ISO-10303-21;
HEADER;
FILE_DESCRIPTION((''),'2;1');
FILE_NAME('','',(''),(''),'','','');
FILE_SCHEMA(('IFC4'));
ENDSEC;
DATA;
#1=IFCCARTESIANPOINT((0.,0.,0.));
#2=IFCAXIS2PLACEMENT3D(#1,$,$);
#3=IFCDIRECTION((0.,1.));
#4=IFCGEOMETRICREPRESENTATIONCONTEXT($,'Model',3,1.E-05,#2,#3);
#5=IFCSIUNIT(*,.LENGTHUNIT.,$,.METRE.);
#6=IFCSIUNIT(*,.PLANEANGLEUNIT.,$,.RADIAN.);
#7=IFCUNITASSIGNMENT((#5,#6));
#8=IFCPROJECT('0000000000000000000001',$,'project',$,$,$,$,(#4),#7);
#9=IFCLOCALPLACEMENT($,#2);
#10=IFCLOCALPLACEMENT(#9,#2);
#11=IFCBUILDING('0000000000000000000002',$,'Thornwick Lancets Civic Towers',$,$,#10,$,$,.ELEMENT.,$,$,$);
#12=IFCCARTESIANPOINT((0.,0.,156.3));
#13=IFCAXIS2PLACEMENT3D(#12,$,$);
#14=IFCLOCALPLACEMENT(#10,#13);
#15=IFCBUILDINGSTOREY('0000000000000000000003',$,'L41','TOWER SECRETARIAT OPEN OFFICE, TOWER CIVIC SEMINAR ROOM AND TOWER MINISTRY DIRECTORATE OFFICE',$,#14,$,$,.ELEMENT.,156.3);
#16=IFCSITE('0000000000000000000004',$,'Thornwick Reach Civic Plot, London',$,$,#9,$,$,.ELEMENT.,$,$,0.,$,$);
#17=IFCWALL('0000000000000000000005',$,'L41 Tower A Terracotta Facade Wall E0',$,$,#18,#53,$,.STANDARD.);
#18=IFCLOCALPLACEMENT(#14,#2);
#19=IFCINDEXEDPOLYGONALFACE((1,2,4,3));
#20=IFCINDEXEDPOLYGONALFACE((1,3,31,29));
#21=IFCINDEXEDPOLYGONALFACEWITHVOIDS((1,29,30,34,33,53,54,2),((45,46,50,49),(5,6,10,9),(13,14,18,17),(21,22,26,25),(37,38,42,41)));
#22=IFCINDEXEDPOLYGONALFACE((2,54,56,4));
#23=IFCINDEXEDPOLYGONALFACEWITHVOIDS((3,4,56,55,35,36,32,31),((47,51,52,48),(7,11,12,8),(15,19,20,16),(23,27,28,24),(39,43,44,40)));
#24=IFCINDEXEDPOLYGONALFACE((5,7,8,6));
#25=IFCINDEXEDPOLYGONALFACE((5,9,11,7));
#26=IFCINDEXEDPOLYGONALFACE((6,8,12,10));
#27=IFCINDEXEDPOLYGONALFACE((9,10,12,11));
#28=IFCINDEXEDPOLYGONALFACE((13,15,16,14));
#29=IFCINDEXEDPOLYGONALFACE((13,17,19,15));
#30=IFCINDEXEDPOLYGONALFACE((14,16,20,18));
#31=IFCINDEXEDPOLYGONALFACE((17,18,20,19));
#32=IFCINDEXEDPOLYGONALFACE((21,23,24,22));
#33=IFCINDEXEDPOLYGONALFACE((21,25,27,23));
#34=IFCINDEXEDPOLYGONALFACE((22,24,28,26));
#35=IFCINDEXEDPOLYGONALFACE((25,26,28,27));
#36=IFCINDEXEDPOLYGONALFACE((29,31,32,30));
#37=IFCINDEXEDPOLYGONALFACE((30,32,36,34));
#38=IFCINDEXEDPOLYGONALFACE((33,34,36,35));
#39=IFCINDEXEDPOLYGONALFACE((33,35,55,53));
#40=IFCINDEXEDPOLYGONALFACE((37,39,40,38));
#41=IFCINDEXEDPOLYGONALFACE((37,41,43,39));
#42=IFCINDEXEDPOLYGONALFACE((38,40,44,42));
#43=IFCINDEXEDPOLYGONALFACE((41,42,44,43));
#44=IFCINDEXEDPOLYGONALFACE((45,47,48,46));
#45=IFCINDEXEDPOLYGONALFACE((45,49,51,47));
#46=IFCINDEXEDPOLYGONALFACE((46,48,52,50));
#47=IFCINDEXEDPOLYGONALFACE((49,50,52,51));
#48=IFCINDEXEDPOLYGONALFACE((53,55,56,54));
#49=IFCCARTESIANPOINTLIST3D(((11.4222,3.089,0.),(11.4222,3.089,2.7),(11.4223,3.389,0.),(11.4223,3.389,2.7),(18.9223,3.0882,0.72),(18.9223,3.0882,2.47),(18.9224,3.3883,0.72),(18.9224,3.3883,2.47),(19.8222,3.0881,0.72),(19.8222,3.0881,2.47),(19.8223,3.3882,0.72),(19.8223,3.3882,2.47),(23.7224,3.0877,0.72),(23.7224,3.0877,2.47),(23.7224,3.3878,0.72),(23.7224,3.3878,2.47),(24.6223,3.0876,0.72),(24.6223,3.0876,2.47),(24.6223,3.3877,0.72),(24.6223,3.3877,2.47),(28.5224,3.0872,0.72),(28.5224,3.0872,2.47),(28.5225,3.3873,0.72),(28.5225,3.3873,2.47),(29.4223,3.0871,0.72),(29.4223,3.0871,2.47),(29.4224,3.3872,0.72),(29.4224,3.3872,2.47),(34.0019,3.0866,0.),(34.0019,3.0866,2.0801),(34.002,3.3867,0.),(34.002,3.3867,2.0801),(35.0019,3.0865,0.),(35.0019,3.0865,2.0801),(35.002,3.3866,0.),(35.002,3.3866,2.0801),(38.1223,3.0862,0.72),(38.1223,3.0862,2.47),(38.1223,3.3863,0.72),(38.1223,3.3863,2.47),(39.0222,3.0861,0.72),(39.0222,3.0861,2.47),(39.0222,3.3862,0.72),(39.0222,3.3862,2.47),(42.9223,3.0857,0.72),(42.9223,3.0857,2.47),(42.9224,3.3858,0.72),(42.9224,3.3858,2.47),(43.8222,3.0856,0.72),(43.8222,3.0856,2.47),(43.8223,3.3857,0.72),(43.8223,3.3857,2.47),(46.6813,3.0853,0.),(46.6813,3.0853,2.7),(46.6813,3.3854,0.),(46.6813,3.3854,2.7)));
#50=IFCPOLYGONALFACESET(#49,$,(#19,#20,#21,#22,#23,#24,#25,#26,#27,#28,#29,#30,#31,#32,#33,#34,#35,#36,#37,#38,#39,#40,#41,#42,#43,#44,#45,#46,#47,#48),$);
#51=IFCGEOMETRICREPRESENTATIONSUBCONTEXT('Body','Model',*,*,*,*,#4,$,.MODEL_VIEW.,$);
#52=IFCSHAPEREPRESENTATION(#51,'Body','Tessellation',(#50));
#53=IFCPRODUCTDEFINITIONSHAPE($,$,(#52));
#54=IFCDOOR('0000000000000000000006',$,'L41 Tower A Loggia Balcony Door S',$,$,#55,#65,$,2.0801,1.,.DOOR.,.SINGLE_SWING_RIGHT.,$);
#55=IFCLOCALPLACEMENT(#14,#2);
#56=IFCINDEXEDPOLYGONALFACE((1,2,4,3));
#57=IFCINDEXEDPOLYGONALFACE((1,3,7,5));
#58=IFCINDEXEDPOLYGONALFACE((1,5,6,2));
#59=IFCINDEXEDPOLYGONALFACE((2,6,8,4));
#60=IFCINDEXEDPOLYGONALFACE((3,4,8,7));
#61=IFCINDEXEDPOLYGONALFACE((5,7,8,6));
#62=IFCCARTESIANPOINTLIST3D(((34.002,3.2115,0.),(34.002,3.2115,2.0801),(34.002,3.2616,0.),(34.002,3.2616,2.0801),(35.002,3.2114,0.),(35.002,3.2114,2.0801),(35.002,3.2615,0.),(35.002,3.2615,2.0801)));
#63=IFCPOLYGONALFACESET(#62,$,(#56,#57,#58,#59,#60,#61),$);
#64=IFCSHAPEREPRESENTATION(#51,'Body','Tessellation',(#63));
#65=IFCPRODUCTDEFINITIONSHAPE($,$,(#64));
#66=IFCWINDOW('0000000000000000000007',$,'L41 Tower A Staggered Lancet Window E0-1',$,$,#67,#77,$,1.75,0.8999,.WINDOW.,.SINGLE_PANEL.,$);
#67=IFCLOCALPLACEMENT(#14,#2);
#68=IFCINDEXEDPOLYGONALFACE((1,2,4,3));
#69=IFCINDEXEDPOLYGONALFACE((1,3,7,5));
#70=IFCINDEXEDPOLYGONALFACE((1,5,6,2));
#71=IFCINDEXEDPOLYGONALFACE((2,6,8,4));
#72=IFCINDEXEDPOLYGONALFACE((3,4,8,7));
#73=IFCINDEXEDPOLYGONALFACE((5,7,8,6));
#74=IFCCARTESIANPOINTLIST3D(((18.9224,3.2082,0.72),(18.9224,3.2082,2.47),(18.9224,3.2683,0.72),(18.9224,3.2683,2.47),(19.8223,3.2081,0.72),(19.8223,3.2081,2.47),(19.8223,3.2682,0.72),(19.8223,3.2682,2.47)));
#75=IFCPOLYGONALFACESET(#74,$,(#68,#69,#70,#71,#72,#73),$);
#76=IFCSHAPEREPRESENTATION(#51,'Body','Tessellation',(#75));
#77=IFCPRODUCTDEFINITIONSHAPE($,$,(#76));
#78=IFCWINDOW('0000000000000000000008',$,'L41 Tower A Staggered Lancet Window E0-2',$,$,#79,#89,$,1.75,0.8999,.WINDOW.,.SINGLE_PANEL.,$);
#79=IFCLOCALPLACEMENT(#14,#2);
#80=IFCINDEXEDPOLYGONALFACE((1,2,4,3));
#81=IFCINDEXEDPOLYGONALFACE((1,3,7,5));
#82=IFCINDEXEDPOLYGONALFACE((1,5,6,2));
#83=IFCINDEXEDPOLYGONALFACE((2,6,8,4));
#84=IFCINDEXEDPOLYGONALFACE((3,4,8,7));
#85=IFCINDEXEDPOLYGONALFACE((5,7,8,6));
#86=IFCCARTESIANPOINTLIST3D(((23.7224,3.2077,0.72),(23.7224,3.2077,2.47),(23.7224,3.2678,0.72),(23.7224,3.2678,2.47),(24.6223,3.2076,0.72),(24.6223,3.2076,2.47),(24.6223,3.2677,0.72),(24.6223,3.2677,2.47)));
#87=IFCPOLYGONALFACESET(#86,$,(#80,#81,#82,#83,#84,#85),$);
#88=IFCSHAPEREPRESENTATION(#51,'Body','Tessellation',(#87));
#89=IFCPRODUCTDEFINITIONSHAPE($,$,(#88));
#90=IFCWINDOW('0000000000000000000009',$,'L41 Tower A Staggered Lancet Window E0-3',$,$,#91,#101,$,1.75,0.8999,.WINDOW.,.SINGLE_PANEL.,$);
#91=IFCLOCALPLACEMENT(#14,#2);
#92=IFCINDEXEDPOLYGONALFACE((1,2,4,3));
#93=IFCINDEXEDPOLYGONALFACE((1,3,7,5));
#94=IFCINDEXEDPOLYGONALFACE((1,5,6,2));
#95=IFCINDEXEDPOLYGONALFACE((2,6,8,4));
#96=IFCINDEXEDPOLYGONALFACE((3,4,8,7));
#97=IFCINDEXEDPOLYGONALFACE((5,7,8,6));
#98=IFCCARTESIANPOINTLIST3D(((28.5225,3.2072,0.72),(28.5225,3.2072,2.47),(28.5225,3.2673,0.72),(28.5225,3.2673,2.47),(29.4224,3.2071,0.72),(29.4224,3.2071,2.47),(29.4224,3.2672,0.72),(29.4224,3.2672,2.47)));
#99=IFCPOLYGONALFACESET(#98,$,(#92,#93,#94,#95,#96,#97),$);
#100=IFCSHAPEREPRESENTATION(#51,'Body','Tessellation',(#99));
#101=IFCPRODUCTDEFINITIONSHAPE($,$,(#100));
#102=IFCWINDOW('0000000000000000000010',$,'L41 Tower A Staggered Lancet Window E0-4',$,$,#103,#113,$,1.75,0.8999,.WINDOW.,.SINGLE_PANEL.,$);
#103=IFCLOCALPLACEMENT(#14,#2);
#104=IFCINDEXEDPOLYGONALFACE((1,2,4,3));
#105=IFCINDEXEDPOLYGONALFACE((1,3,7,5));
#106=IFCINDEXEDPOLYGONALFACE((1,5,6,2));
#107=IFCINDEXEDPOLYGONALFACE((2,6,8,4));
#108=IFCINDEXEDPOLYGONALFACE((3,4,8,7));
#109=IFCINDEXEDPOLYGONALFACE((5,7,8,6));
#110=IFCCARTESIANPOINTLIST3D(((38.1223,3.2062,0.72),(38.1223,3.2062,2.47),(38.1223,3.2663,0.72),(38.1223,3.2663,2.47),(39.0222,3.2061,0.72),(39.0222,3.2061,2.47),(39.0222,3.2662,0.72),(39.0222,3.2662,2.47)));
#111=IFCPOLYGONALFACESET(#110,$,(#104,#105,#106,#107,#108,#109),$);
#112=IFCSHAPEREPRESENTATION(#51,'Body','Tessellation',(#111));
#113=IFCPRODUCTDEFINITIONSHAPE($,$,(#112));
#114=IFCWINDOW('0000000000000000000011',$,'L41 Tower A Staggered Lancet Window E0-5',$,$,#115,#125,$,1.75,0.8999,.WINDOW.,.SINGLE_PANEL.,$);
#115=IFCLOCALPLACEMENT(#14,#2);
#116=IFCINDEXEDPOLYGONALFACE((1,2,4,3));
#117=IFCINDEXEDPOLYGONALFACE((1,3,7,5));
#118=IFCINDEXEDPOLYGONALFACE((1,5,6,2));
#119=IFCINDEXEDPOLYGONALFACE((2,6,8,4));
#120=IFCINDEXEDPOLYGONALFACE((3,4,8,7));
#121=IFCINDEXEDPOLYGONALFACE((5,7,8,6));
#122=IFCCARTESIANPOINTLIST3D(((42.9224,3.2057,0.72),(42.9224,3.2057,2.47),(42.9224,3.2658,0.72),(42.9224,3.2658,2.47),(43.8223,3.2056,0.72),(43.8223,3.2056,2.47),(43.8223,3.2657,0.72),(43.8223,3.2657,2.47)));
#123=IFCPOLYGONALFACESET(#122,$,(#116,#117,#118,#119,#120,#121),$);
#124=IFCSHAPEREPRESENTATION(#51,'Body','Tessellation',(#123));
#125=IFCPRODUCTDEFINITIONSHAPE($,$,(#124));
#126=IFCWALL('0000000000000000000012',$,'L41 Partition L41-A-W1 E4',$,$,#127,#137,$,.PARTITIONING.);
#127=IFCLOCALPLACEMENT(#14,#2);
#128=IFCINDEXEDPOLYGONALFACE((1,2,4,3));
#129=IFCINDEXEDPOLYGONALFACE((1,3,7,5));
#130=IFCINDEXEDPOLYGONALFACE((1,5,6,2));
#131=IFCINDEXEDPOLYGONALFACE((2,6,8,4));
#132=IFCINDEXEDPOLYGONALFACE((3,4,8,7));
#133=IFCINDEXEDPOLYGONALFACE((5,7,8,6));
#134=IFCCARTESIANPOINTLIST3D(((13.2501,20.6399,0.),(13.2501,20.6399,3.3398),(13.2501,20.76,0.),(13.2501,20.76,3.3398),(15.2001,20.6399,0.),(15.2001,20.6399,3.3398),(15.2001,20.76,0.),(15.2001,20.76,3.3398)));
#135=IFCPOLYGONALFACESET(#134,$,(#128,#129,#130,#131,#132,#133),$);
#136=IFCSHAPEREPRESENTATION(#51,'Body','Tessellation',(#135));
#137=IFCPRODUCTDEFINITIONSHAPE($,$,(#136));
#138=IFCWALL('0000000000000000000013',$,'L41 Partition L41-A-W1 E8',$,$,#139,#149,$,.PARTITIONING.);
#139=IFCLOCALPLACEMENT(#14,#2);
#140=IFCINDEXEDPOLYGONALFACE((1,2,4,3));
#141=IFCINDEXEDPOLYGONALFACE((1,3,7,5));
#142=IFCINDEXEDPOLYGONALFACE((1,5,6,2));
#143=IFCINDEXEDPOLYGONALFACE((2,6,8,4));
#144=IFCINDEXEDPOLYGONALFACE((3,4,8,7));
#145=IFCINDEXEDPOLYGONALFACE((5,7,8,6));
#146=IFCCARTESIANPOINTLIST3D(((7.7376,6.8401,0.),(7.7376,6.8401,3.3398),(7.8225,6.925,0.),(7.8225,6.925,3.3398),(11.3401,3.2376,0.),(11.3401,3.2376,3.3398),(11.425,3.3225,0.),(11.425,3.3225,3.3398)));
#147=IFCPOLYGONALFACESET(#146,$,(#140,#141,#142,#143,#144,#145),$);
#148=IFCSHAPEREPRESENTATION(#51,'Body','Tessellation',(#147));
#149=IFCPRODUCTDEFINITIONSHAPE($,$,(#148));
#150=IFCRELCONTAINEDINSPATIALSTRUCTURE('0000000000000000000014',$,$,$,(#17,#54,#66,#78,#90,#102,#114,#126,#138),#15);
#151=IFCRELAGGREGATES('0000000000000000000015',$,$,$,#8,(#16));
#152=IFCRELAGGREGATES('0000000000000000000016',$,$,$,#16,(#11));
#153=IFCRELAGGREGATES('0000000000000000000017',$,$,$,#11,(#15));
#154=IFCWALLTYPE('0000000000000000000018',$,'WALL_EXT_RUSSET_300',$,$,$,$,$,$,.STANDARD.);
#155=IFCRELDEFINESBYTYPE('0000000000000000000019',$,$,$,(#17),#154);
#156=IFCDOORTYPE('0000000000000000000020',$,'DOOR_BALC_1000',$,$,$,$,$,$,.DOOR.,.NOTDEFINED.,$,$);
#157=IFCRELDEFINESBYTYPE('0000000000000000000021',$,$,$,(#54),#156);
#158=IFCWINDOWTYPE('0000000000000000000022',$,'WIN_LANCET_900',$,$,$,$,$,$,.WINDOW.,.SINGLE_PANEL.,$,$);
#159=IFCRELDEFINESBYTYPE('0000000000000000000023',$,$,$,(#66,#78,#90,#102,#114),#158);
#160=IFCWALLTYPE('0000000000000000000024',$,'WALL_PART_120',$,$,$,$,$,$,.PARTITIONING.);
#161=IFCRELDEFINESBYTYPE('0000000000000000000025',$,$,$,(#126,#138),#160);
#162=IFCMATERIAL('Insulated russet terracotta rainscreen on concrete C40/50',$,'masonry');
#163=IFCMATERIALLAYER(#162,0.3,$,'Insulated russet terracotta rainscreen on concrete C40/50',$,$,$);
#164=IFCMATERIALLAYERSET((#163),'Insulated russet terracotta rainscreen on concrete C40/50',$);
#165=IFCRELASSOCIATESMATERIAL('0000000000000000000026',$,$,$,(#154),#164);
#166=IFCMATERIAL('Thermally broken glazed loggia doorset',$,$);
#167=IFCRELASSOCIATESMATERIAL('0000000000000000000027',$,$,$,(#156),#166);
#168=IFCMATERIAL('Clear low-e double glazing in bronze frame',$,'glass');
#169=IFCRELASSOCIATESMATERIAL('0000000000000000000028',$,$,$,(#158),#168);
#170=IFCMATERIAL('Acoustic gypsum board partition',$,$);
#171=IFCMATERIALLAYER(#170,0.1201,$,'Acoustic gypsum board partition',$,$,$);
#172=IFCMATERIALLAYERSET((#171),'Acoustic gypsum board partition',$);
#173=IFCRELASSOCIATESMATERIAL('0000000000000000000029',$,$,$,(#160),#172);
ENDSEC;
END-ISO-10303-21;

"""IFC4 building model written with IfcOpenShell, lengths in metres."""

from ifc_helpers import new_model, si_unit, direction, frame, frame_2d, origin, place, context, subcontext, project, spatial, rectangle, extrude, material, layer, layer_set, type_object, element, fill, save


model = new_model("IFC4")

# Units and contexts
model_context = context("Model", 3, precision=1e-05, world=origin(), true_north=direction((0.0, 1.0)))
body_context = subcontext(model_context, "Body", "Model", "MODEL_VIEW")
ifc_project = project(units=[si_unit("LENGTHUNIT", "METRE"), si_unit("PLANEANGLEUNIT", "RADIAN")], contexts=[model_context])

# Site, building, storey
site_placement = place(None, origin())
site = spatial("IfcSite", under=ifc_project, at=site_placement, Name="Thornwick Reach Civic Plot, London", CompositionType="ELEMENT", RefElevation=0.0)
building_placement = place(site_placement, origin())
building = spatial("IfcBuilding", under=site, at=building_placement, Name="Thornwick Lancets Civic Towers", CompositionType="ELEMENT")
storey_placement = place(building_placement, frame((0.0, 0.0, 156.3)))
storey = spatial("IfcBuildingStorey", under=building, at=storey_placement, Name="L41", Description="TOWER SECRETARIAT OPEN OFFICE, TOWER CIVIC SEMINAR ROOM AND TOWER MINISTRY DIRECTORATE OFFICE", CompositionType="ELEMENT", Elevation=156.3)

# Wall, openings, door, windows
ifc_material_1 = material(Name="Insulated russet terracotta rainscreen on concrete C40/50", Category="masonry")
ifc_layer_1 = layer(ifc_material_1, 0.3, Name="Insulated russet terracotta rainscreen on concrete C40/50")
ifc_layer_set_1 = layer_set([ifc_layer_1], Name="Insulated russet terracotta rainscreen on concrete C40/50")
wall_type_1 = type_object("IfcWallType", Name="WALL_EXT_RUSSET_300", PredefinedType="STANDARD", material=ifc_layer_set_1)
wall_1_placement = place(storey_placement, frame((11.4224, 3.239, 0.0), z_axis=(0.0, 0.0, 1.0), x_axis=(1.0, -0.000104, 0.0)))
wall_1 = element("IfcWall", 1, at=wall_1_placement, inside=storey, type_object=wall_type_1, Name="L41 Tower A Terracotta Facade Wall E0", PredefinedType="STANDARD", context=body_context, shape_type="SweptSolid", body=[
    extrude(rectangle(XDim=35.259, YDim=0.3, at=frame_2d((17.6294, 0.0))), origin(), (0.0, 0.0, 1.0), 2.7),
])
opening_1_placement = place(wall_1_placement, frame((22.5796, 0.0, 0.0)))
opening_1 = element("IfcOpeningElement", 2, at=opening_1_placement, cuts=wall_1, PredefinedType="OPENING", context=body_context, shape_type="SweptSolid", body=[
    extrude(rectangle(XDim=1.0, YDim=2.0801, at=frame_2d((0.5, 1.04))), frame((0.0, 0.1602, 0.0), z_axis=(0.0, -1.0, 0.0), x_axis=(1.0, 0.0, 0.0)), (0.0, 0.0, 1.0), 0.3201),
])
opening_2_placement = place(wall_1_placement, frame((7.5, 0.0, 0.72)))
opening_2 = element("IfcOpeningElement", 3, at=opening_2_placement, cuts=wall_1, PredefinedType="OPENING", context=body_context, shape_type="SweptSolid", body=[
    extrude(rectangle(XDim=0.8999, YDim=1.75, at=frame_2d((0.45, 0.875))), frame((0.0, 0.1602, 0.0), z_axis=(0.0, -1.0, 0.0), x_axis=(1.0, 0.0, 0.0)), (0.0, 0.0, 1.0), 0.3201),
])
opening_3_placement = place(wall_1_placement, frame((12.3, 0.0, 0.72)))
opening_3 = element("IfcOpeningElement", 4, at=opening_3_placement, cuts=wall_1, PredefinedType="OPENING", context=body_context, shape_type="SweptSolid", body=[
    extrude(rectangle(XDim=0.8999, YDim=1.75, at=frame_2d((0.45, 0.875))), frame((0.0, 0.1602, 0.0), z_axis=(0.0, -1.0, 0.0), x_axis=(1.0, 0.0, 0.0)), (0.0, 0.0, 1.0), 0.3201),
])
opening_4_placement = place(wall_1_placement, frame((17.1001, 0.0, 0.72)))
opening_4 = element("IfcOpeningElement", 5, at=opening_4_placement, cuts=wall_1, PredefinedType="OPENING", context=body_context, shape_type="SweptSolid", body=[
    extrude(rectangle(XDim=0.8999, YDim=1.75, at=frame_2d((0.45, 0.875))), frame((0.0, 0.1602, 0.0), z_axis=(0.0, -1.0, 0.0), x_axis=(1.0, 0.0, 0.0)), (0.0, 0.0, 1.0), 0.3201),
])
opening_5_placement = place(wall_1_placement, frame((26.7, 0.0, 0.72)))
opening_5 = element("IfcOpeningElement", 6, at=opening_5_placement, cuts=wall_1, PredefinedType="OPENING", context=body_context, shape_type="SweptSolid", body=[
    extrude(rectangle(XDim=0.8999, YDim=1.75, at=frame_2d((0.45, 0.875))), frame((0.0, 0.1602, 0.0), z_axis=(0.0, -1.0, 0.0), x_axis=(1.0, 0.0, 0.0)), (0.0, 0.0, 1.0), 0.3201),
])
opening_6_placement = place(wall_1_placement, frame((31.5, 0.0, 0.72)))
opening_6 = element("IfcOpeningElement", 7, at=opening_6_placement, cuts=wall_1, PredefinedType="OPENING", context=body_context, shape_type="SweptSolid", body=[
    extrude(rectangle(XDim=0.8999, YDim=1.75, at=frame_2d((0.45, 0.875))), frame((0.0, 0.1602, 0.0), z_axis=(0.0, -1.0, 0.0), x_axis=(1.0, 0.0, 0.0)), (0.0, 0.0, 1.0), 0.3201),
])
ifc_material_2 = material(Name="Thermally broken glazed loggia doorset")
door_type = type_object("IfcDoorType", Name="DOOR_BALC_1000", OperationType="NOTDEFINED", PredefinedType="DOOR", material=ifc_material_2)
door_placement = place(opening_1_placement, origin())
door = element("IfcDoor", 8, at=door_placement, inside=storey, type_object=door_type, Name="L41 Tower A Loggia Balcony Door S", OperationType="SINGLE_SWING_RIGHT", OverallHeight=2.0801, OverallWidth=1.0, PredefinedType="DOOR", context=body_context, shape_type="SweptSolid", body=[
    extrude(rectangle(XDim=1.0, YDim=2.0801, at=frame_2d((0.5, 1.04))), frame((0.0, 0.0249, 0.0), z_axis=(0.0, -1.0, 0.0), x_axis=(1.0, 0.0, 0.0)), (0.0, 0.0, 1.0), 0.05),
])
fill(opening_1, door)
ifc_material_3 = material(Name="Clear low-e double glazing in bronze frame", Category="glass")
window_type = type_object("IfcWindowType", Name="WIN_LANCET_900", PartitioningType="SINGLE_PANEL", PredefinedType="WINDOW", material=ifc_material_3)
window_1_placement = place(opening_2_placement, origin())
window_1 = element("IfcWindow", 9, at=window_1_placement, inside=storey, type_object=window_type, Name="L41 Tower A Staggered Lancet Window E0-1", OverallHeight=1.75, OverallWidth=0.8999, PartitioningType="SINGLE_PANEL", PredefinedType="WINDOW", context=body_context, shape_type="SweptSolid", body=[
    extrude(rectangle(XDim=0.8999, YDim=1.75, at=frame_2d((0.45, 0.875))), frame((0.0, 0.03, 0.0), z_axis=(0.0, -1.0, 0.0), x_axis=(1.0, 0.0, 0.0)), (0.0, 0.0, 1.0), 0.0601),
])
fill(opening_2, window_1)
window_2_placement = place(opening_3_placement, origin())
window_2 = element("IfcWindow", 10, at=window_2_placement, inside=storey, type_object=window_type, Name="L41 Tower A Staggered Lancet Window E0-2", OverallHeight=1.75, OverallWidth=0.8999, PartitioningType="SINGLE_PANEL", PredefinedType="WINDOW", context=body_context, shape_type="SweptSolid", body=[
    extrude(rectangle(XDim=0.8999, YDim=1.75, at=frame_2d((0.45, 0.875))), frame((0.0, 0.03, 0.0), z_axis=(0.0, -1.0, 0.0), x_axis=(1.0, 0.0, 0.0)), (0.0, 0.0, 1.0), 0.0601),
])
fill(opening_3, window_2)
window_3_placement = place(opening_4_placement, origin())
window_3 = element("IfcWindow", 11, at=window_3_placement, inside=storey, type_object=window_type, Name="L41 Tower A Staggered Lancet Window E0-3", OverallHeight=1.75, OverallWidth=0.8999, PartitioningType="SINGLE_PANEL", PredefinedType="WINDOW", context=body_context, shape_type="SweptSolid", body=[
    extrude(rectangle(XDim=0.8999, YDim=1.75, at=frame_2d((0.45, 0.875))), frame((0.0, 0.03, 0.0), z_axis=(0.0, -1.0, 0.0), x_axis=(1.0, 0.0, 0.0)), (0.0, 0.0, 1.0), 0.0601),
])
fill(opening_4, window_3)
window_4_placement = place(opening_5_placement, origin())
window_4 = element("IfcWindow", 12, at=window_4_placement, inside=storey, type_object=window_type, Name="L41 Tower A Staggered Lancet Window E0-4", OverallHeight=1.75, OverallWidth=0.8999, PartitioningType="SINGLE_PANEL", PredefinedType="WINDOW", context=body_context, shape_type="SweptSolid", body=[
    extrude(rectangle(XDim=0.8999, YDim=1.75, at=frame_2d((0.45, 0.875))), frame((0.0, 0.03, 0.0), z_axis=(0.0, -1.0, 0.0), x_axis=(1.0, 0.0, 0.0)), (0.0, 0.0, 1.0), 0.0601),
])
fill(opening_5, window_4)
window_5_placement = place(opening_6_placement, origin())
window_5 = element("IfcWindow", 13, at=window_5_placement, inside=storey, type_object=window_type, Name="L41 Tower A Staggered Lancet Window E0-5", OverallHeight=1.75, OverallWidth=0.8999, PartitioningType="SINGLE_PANEL", PredefinedType="WINDOW", context=body_context, shape_type="SweptSolid", body=[
    extrude(rectangle(XDim=0.8999, YDim=1.75, at=frame_2d((0.45, 0.875))), frame((0.0, 0.03, 0.0), z_axis=(0.0, -1.0, 0.0), x_axis=(1.0, 0.0, 0.0)), (0.0, 0.0, 1.0), 0.0601),
])
fill(opening_6, window_5)

# Walls
ifc_material_4 = material(Name="Acoustic gypsum board partition")
ifc_layer_2 = layer(ifc_material_4, 0.1201, Name="Acoustic gypsum board partition")
ifc_layer_set_2 = layer_set([ifc_layer_2], Name="Acoustic gypsum board partition")
wall_type_2 = type_object("IfcWallType", Name="WALL_PART_120", PredefinedType="PARTITIONING", material=ifc_layer_set_2)
wall_2_placement = place(storey_placement, frame((13.25, 20.7, 0.0), z_axis=(0.0, 0.0, 1.0), x_axis=(1.0, 0.0, 0.0)))
element("IfcWall", 14, at=wall_2_placement, inside=storey, type_object=wall_type_2, Name="L41 Partition L41-A-W1 E4", PredefinedType="PARTITIONING", context=body_context, shape_type="SweptSolid", body=[
    extrude(rectangle(XDim=1.95, YDim=0.1201, at=frame_2d((0.9751, 0.0))), origin(), (0.0, 0.0, 1.0), 3.3398),
])
wall_3_placement = place(storey_placement, frame((11.3826, 3.28, 0.0), z_axis=(0.0, 0.0, 1.0), x_axis=(-0.707107, 0.707107, 0.0)))
element("IfcWall", 15, at=wall_3_placement, inside=storey, type_object=wall_type_2, Name="L41 Partition L41-A-W1 E8", PredefinedType="PARTITIONING", context=body_context, shape_type="SweptSolid", body=[
    extrude(rectangle(XDim=5.0947, YDim=0.1201, at=frame_2d((2.5474, 0.0))), origin(), (0.0, 0.0, 1.0), 3.3398),
])

save(model, "model.ifc")
